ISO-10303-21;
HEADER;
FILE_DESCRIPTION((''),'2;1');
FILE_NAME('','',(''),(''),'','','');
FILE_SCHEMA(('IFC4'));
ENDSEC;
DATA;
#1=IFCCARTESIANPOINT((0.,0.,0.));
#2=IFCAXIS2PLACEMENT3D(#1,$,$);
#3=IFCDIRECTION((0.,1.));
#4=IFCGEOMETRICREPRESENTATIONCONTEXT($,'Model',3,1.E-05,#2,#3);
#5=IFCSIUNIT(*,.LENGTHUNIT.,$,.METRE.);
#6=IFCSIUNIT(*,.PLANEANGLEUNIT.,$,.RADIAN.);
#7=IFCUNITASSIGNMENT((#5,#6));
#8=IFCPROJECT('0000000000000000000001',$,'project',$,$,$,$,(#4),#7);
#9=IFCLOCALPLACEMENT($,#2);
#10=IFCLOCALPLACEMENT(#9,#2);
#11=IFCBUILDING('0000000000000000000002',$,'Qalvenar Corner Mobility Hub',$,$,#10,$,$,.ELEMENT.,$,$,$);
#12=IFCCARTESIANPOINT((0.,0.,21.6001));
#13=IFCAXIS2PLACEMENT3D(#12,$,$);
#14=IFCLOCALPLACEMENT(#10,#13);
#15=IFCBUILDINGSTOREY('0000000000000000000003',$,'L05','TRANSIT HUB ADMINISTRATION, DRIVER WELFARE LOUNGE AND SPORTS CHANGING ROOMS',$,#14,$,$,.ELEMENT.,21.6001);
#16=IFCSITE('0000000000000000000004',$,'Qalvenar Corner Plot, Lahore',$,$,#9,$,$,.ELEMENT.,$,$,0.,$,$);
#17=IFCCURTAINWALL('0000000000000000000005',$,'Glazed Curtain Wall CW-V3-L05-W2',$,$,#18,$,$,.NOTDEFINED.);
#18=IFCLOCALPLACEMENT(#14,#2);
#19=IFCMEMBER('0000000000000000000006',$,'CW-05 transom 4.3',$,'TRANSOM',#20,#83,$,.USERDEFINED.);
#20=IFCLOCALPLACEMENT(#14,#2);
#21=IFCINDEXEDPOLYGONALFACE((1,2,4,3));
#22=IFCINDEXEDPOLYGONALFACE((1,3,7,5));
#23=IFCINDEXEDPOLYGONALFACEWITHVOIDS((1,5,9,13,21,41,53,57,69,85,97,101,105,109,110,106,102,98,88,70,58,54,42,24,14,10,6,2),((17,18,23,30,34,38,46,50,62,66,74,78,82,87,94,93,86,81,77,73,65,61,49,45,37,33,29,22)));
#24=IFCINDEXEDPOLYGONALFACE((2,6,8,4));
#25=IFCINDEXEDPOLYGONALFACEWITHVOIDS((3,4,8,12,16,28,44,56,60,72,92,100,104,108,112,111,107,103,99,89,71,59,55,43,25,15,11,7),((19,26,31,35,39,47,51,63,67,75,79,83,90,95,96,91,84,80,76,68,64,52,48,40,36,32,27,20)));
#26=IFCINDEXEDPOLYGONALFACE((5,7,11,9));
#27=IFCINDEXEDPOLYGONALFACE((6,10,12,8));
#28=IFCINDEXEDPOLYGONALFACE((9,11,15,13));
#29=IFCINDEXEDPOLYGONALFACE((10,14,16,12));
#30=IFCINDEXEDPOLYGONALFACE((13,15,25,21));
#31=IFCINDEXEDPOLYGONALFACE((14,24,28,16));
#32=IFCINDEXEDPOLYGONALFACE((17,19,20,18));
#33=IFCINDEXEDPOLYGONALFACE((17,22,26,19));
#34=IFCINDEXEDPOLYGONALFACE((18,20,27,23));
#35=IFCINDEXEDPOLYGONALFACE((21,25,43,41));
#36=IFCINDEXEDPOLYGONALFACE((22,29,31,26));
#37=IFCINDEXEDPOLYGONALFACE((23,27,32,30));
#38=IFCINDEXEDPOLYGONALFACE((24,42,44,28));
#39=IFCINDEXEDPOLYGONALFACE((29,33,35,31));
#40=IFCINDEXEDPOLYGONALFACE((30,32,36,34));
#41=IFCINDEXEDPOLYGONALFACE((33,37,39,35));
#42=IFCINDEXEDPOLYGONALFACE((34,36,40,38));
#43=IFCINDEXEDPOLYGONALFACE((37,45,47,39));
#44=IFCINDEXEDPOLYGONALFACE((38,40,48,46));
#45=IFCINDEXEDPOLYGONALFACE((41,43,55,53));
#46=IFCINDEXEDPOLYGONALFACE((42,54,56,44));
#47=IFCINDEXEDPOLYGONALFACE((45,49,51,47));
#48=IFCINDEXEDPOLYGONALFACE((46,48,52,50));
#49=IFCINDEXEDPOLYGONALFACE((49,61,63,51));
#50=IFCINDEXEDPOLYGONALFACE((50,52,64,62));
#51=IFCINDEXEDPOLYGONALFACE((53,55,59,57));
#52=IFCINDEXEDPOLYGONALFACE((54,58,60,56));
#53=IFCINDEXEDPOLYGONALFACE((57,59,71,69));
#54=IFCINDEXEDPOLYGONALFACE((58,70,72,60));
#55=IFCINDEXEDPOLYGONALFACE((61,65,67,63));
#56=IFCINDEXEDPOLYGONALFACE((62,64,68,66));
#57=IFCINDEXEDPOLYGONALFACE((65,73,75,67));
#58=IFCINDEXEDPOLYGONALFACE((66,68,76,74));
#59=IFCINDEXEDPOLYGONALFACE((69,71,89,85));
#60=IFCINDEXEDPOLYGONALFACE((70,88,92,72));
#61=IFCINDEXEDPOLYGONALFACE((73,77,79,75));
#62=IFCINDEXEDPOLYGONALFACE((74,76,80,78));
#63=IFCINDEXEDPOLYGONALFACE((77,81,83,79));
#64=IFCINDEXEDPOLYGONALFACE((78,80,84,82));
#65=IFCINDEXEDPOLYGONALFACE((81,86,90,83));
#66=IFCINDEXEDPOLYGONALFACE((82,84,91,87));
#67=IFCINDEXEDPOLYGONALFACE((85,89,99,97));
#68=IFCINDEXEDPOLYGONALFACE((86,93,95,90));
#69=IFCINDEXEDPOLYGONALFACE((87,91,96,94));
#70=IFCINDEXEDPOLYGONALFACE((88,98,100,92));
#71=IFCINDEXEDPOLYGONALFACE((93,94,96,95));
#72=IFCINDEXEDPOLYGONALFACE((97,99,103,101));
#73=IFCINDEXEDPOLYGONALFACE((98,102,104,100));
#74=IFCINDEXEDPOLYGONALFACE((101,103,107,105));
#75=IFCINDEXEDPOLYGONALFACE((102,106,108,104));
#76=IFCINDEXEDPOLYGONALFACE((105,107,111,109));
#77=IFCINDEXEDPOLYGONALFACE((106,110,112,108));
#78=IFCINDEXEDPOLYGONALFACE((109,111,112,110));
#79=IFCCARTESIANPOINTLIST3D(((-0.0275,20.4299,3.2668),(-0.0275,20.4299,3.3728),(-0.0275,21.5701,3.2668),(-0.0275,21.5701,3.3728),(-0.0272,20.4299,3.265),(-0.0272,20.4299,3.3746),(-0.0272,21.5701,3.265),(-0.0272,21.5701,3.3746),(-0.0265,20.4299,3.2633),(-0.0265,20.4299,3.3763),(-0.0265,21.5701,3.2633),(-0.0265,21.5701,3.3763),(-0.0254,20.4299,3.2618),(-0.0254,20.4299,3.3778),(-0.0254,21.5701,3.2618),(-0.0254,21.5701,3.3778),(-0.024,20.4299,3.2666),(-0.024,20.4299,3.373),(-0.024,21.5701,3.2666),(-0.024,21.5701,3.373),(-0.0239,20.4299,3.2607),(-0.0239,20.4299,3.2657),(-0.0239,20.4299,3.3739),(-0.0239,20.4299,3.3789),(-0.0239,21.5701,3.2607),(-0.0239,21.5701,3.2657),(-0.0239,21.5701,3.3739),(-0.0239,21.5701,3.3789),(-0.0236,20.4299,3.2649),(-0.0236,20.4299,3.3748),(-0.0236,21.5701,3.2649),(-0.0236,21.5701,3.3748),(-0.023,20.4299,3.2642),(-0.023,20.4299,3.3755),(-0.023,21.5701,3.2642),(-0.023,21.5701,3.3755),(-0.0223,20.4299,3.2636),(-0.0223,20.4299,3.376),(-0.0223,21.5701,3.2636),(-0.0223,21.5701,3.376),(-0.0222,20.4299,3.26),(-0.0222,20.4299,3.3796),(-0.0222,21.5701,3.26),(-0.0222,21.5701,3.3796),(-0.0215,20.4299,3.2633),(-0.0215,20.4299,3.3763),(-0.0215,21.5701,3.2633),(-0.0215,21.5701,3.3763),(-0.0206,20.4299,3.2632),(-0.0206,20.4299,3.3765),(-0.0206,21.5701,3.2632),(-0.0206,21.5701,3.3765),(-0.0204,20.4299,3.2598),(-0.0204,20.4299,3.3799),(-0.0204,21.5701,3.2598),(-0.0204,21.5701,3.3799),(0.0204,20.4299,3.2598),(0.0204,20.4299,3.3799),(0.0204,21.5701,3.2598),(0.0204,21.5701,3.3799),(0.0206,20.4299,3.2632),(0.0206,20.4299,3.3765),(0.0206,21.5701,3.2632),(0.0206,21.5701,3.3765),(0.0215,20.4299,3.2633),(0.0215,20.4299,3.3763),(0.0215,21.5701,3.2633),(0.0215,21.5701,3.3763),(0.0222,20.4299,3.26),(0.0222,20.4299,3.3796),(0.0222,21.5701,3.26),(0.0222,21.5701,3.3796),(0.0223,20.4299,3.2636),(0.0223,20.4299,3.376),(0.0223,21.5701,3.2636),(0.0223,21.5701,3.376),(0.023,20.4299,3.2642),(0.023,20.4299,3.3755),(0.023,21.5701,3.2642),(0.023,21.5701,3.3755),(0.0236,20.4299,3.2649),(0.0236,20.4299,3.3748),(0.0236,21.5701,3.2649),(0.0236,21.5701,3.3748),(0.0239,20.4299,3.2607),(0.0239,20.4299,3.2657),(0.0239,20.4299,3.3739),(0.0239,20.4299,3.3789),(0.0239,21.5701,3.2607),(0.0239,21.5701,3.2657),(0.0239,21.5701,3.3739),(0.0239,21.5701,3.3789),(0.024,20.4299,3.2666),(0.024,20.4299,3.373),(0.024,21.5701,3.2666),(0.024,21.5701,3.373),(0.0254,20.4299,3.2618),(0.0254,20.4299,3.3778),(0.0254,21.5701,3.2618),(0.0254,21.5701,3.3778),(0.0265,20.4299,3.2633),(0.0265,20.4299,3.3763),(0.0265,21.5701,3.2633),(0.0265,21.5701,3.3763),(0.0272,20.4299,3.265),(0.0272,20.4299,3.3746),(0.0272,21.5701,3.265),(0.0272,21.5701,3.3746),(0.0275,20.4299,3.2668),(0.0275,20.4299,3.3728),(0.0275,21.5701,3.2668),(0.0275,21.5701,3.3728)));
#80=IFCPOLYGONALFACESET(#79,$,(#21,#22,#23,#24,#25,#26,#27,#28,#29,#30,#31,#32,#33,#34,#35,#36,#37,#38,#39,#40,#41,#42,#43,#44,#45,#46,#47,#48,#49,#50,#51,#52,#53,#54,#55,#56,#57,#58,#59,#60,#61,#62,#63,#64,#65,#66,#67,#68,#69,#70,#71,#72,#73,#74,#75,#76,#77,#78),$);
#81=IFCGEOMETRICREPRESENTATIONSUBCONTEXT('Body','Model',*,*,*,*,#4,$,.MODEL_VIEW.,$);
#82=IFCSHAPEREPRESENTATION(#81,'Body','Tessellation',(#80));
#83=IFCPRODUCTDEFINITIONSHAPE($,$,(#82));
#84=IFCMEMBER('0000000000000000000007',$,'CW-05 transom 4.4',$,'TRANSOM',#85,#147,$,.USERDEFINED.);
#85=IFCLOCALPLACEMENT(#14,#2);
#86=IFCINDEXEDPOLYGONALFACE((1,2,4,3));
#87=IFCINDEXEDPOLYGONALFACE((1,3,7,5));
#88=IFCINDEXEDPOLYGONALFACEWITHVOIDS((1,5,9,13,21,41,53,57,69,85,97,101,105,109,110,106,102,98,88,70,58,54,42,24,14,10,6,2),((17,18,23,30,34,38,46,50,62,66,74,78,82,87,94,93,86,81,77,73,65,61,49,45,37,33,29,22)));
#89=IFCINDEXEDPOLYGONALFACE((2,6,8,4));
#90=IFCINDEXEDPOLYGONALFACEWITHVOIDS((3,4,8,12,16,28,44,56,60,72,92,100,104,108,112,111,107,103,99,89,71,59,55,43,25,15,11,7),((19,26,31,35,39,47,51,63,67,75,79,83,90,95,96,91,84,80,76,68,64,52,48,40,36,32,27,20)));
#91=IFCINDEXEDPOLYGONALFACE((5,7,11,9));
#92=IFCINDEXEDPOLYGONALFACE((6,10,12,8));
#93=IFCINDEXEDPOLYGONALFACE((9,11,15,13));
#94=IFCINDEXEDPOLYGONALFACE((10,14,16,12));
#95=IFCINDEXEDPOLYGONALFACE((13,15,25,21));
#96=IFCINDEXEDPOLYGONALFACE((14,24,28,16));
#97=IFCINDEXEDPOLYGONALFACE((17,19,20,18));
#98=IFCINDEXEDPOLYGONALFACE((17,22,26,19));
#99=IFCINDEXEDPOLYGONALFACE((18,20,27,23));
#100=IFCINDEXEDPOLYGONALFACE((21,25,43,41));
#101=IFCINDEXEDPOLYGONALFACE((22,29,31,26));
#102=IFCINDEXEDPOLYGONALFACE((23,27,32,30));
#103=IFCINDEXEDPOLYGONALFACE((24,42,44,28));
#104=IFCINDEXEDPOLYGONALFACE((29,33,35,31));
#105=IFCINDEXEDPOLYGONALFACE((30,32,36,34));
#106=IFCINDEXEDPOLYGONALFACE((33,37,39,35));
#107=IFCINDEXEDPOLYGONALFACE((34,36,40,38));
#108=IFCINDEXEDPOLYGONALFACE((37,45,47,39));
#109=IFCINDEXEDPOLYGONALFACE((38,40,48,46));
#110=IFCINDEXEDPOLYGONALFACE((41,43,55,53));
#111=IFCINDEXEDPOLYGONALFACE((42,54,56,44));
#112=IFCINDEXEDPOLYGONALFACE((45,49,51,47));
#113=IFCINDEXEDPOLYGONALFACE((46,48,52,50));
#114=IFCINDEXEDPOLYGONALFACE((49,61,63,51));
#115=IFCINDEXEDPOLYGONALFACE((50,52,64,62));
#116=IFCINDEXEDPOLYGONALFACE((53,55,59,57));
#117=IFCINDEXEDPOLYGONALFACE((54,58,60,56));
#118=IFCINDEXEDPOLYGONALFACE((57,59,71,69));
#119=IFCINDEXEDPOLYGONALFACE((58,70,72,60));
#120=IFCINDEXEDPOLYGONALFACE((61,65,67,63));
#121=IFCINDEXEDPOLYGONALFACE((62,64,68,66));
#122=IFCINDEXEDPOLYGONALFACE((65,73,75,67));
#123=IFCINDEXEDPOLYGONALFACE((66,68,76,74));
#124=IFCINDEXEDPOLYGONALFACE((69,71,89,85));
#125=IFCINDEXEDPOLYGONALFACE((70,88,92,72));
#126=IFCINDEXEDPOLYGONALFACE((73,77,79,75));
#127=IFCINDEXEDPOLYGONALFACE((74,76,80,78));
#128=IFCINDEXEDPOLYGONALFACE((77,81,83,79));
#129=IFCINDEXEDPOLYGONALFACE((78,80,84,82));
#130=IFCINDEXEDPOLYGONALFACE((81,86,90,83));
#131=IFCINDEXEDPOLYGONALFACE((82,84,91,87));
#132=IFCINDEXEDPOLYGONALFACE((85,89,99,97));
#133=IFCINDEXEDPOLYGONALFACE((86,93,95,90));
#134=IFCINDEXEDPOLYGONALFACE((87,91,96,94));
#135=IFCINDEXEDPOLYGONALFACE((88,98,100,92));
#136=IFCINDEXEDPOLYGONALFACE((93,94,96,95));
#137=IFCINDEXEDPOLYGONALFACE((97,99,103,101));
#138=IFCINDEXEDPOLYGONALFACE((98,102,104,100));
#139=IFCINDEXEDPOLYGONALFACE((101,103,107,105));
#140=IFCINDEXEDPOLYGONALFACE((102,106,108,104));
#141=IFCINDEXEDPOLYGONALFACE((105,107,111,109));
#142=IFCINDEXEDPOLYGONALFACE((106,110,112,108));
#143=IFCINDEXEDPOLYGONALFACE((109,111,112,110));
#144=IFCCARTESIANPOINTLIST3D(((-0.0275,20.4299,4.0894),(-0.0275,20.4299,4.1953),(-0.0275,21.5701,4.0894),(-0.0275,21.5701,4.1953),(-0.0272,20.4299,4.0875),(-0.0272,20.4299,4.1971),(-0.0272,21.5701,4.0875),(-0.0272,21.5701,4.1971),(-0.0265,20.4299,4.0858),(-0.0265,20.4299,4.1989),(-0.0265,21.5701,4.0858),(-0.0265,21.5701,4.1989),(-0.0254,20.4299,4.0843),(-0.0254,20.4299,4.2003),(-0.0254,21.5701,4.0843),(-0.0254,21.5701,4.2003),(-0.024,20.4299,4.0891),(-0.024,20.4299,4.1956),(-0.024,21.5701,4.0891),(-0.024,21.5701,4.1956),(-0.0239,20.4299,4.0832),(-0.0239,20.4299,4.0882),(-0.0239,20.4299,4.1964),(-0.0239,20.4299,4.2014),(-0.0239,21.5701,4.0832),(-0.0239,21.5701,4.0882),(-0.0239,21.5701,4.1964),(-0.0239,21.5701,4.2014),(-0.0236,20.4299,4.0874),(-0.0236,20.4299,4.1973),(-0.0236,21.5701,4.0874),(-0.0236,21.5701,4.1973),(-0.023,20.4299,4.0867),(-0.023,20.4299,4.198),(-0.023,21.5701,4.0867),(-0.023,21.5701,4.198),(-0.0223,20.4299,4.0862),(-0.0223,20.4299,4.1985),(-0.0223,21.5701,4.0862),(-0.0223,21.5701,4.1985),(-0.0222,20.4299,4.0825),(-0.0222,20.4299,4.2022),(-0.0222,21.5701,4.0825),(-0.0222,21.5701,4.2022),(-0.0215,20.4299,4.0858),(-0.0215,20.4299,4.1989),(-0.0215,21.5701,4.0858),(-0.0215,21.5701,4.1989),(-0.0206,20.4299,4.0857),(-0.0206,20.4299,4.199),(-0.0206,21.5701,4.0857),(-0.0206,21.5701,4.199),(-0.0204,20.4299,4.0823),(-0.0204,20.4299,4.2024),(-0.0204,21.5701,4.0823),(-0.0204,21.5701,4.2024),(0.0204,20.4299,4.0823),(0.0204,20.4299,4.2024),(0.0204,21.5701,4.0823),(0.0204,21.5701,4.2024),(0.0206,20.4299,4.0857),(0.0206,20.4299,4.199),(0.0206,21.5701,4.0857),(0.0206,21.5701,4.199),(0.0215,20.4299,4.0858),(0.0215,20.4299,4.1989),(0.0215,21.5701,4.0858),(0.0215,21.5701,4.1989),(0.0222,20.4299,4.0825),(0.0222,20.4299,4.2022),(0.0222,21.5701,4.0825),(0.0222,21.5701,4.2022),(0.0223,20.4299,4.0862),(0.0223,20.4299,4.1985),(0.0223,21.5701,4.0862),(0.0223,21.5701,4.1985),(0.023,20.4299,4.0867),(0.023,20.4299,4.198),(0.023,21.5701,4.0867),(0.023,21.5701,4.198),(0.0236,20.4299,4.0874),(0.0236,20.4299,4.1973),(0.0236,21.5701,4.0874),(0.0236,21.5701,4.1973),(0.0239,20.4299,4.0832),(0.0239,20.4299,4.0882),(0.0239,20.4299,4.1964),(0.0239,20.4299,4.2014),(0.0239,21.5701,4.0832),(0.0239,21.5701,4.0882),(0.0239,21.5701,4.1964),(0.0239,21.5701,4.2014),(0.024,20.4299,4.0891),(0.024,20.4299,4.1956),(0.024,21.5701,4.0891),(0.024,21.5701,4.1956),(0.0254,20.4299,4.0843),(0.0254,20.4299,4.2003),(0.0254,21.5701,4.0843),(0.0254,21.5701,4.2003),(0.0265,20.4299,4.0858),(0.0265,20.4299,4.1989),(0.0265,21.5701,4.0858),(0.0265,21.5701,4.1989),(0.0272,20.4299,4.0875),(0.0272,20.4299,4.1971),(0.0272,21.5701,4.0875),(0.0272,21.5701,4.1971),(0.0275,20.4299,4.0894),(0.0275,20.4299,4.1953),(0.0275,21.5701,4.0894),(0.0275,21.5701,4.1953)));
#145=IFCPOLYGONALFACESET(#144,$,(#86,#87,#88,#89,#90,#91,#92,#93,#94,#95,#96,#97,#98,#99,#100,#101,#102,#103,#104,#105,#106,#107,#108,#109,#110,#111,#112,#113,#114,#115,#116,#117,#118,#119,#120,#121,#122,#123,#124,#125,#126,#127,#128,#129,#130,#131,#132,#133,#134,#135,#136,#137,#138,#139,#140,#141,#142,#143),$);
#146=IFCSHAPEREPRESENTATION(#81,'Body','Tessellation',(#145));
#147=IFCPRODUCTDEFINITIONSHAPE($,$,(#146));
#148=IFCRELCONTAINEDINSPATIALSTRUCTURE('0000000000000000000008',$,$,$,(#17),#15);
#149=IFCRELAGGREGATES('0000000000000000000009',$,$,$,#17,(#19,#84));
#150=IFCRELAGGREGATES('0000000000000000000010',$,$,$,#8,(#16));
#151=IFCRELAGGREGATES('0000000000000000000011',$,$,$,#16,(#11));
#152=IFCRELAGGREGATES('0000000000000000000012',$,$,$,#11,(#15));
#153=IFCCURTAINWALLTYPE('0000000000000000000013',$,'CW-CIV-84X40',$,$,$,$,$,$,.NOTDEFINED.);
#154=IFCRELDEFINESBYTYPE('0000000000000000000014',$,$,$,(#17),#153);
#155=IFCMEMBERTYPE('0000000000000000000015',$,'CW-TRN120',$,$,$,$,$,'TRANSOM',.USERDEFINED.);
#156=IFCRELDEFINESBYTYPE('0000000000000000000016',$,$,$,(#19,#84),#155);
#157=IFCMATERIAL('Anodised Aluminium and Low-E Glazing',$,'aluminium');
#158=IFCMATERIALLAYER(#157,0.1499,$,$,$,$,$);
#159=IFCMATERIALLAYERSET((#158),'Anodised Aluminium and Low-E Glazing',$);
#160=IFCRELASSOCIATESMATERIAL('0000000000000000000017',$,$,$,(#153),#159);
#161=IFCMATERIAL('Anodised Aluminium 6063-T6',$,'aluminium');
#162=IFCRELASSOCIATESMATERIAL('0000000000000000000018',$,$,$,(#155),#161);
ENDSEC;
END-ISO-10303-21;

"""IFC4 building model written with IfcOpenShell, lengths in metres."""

from ifc_helpers import new_model, si_unit, direction, frame, origin, origin_2d, place, context, subcontext, project, spatial, hollow_rectangle, extrude, material, layer, layer_set, material_profile, profile_set, type_object, element, aggregate, save


model = new_model("IFC4")

# Units and contexts
model_context = context("Model", 3, precision=1e-05, world=origin(), true_north=direction((0.0, 1.0)))
body_context = subcontext(model_context, "Body", "Model", "MODEL_VIEW")
ifc_project = project(units=[si_unit("LENGTHUNIT", "METRE"), si_unit("PLANEANGLEUNIT", "RADIAN")], contexts=[model_context])

# Site, building, storey
site_placement = place(None, origin())
site = spatial("IfcSite", under=ifc_project, at=site_placement, Name="Qalvenar Corner Plot, Lahore", CompositionType="ELEMENT", RefElevation=0.0)
building_placement = place(site_placement, origin())
building = spatial("IfcBuilding", under=site, at=building_placement, Name="Qalvenar Corner Mobility Hub", CompositionType="ELEMENT")
storey_placement = place(building_placement, frame((0.0, 0.0, 21.6001)))
storey = spatial("IfcBuildingStorey", under=building, at=storey_placement, Name="L05", Description="TRANSIT HUB ADMINISTRATION, DRIVER WELFARE LOUNGE AND SPORTS CHANGING ROOMS", CompositionType="ELEMENT", Elevation=21.6001)

# Curtain wall, members
ifc_material_1 = material(Name="Anodised Aluminium and Low-E Glazing", Category="aluminium")
ifc_layer_1 = layer(ifc_material_1, 0.1499)
ifc_layer_set_1 = layer_set([ifc_layer_1], Name="Anodised Aluminium and Low-E Glazing")
curtain_wall_type = type_object("IfcCurtainWallType", Name="CW-CIV-84X40", PredefinedType="NOTDEFINED", material=ifc_layer_set_1)
curtain_wall_placement = place(storey_placement, origin())
curtain_wall = element("IfcCurtainWall", 1, at=curtain_wall_placement, inside=storey, type_object=curtain_wall_type, Name="Glazed Curtain Wall CW-V3-L05-W2", PredefinedType="NOTDEFINED")
ifc_material_2 = material(Name="Anodised Aluminium 6063-T6", Category="aluminium")
ifc_material_profile_1 = material_profile(ifc_material_2, hollow_rectangle(XDim=0.0549, YDim=0.1201, WallThickness=0.0034, InnerFilletRadius=0.0034, OuterFilletRadius=0.0071, at=origin_2d()), Name="RHS120x55x3.5")
ifc_profile_set_1 = profile_set([ifc_material_profile_1], Name="Anodised Aluminium 6063-T6")
member_type_1 = type_object("IfcMemberType", Name="CW-TRN120", ElementType="TRANSOM", PredefinedType="USERDEFINED", material=ifc_profile_set_1)
member_1_placement = place(storey_placement, frame((0.0, 21.5701, 3.3198), z_axis=(0.0, -1.0, 0.0), x_axis=(1.0, 0.0, 0.0)))
member_1 = element("IfcMember", 2, at=member_1_placement, type_object=member_type_1, Name="CW-05 transom 4.3", ObjectType="TRANSOM", PredefinedType="USERDEFINED", context=body_context, shape_type="SweptSolid", body=[
    extrude(hollow_rectangle(XDim=0.0549, YDim=0.1201, WallThickness=0.0034, InnerFilletRadius=0.0034, OuterFilletRadius=0.0071, at=origin_2d()), origin(), (0.0, 0.0, 1.0), 1.1401),
])
member_2_placement = place(storey_placement, frame((0.0, 21.5701, 4.1423), z_axis=(0.0, -1.0, 0.0), x_axis=(1.0, 0.0, 0.0)))
member_2 = element("IfcMember", 3, at=member_2_placement, type_object=member_type_1, Name="CW-05 transom 4.4", ObjectType="TRANSOM", PredefinedType="USERDEFINED", context=body_context, shape_type="SweptSolid", body=[
    extrude(hollow_rectangle(XDim=0.0549, YDim=0.1201, WallThickness=0.0034, InnerFilletRadius=0.0034, OuterFilletRadius=0.0071, at=origin_2d()), origin(), (0.0, 0.0, 1.0), 1.1401),
])
aggregate(curtain_wall, [member_1, member_2])

save(model, "model.ifc")
